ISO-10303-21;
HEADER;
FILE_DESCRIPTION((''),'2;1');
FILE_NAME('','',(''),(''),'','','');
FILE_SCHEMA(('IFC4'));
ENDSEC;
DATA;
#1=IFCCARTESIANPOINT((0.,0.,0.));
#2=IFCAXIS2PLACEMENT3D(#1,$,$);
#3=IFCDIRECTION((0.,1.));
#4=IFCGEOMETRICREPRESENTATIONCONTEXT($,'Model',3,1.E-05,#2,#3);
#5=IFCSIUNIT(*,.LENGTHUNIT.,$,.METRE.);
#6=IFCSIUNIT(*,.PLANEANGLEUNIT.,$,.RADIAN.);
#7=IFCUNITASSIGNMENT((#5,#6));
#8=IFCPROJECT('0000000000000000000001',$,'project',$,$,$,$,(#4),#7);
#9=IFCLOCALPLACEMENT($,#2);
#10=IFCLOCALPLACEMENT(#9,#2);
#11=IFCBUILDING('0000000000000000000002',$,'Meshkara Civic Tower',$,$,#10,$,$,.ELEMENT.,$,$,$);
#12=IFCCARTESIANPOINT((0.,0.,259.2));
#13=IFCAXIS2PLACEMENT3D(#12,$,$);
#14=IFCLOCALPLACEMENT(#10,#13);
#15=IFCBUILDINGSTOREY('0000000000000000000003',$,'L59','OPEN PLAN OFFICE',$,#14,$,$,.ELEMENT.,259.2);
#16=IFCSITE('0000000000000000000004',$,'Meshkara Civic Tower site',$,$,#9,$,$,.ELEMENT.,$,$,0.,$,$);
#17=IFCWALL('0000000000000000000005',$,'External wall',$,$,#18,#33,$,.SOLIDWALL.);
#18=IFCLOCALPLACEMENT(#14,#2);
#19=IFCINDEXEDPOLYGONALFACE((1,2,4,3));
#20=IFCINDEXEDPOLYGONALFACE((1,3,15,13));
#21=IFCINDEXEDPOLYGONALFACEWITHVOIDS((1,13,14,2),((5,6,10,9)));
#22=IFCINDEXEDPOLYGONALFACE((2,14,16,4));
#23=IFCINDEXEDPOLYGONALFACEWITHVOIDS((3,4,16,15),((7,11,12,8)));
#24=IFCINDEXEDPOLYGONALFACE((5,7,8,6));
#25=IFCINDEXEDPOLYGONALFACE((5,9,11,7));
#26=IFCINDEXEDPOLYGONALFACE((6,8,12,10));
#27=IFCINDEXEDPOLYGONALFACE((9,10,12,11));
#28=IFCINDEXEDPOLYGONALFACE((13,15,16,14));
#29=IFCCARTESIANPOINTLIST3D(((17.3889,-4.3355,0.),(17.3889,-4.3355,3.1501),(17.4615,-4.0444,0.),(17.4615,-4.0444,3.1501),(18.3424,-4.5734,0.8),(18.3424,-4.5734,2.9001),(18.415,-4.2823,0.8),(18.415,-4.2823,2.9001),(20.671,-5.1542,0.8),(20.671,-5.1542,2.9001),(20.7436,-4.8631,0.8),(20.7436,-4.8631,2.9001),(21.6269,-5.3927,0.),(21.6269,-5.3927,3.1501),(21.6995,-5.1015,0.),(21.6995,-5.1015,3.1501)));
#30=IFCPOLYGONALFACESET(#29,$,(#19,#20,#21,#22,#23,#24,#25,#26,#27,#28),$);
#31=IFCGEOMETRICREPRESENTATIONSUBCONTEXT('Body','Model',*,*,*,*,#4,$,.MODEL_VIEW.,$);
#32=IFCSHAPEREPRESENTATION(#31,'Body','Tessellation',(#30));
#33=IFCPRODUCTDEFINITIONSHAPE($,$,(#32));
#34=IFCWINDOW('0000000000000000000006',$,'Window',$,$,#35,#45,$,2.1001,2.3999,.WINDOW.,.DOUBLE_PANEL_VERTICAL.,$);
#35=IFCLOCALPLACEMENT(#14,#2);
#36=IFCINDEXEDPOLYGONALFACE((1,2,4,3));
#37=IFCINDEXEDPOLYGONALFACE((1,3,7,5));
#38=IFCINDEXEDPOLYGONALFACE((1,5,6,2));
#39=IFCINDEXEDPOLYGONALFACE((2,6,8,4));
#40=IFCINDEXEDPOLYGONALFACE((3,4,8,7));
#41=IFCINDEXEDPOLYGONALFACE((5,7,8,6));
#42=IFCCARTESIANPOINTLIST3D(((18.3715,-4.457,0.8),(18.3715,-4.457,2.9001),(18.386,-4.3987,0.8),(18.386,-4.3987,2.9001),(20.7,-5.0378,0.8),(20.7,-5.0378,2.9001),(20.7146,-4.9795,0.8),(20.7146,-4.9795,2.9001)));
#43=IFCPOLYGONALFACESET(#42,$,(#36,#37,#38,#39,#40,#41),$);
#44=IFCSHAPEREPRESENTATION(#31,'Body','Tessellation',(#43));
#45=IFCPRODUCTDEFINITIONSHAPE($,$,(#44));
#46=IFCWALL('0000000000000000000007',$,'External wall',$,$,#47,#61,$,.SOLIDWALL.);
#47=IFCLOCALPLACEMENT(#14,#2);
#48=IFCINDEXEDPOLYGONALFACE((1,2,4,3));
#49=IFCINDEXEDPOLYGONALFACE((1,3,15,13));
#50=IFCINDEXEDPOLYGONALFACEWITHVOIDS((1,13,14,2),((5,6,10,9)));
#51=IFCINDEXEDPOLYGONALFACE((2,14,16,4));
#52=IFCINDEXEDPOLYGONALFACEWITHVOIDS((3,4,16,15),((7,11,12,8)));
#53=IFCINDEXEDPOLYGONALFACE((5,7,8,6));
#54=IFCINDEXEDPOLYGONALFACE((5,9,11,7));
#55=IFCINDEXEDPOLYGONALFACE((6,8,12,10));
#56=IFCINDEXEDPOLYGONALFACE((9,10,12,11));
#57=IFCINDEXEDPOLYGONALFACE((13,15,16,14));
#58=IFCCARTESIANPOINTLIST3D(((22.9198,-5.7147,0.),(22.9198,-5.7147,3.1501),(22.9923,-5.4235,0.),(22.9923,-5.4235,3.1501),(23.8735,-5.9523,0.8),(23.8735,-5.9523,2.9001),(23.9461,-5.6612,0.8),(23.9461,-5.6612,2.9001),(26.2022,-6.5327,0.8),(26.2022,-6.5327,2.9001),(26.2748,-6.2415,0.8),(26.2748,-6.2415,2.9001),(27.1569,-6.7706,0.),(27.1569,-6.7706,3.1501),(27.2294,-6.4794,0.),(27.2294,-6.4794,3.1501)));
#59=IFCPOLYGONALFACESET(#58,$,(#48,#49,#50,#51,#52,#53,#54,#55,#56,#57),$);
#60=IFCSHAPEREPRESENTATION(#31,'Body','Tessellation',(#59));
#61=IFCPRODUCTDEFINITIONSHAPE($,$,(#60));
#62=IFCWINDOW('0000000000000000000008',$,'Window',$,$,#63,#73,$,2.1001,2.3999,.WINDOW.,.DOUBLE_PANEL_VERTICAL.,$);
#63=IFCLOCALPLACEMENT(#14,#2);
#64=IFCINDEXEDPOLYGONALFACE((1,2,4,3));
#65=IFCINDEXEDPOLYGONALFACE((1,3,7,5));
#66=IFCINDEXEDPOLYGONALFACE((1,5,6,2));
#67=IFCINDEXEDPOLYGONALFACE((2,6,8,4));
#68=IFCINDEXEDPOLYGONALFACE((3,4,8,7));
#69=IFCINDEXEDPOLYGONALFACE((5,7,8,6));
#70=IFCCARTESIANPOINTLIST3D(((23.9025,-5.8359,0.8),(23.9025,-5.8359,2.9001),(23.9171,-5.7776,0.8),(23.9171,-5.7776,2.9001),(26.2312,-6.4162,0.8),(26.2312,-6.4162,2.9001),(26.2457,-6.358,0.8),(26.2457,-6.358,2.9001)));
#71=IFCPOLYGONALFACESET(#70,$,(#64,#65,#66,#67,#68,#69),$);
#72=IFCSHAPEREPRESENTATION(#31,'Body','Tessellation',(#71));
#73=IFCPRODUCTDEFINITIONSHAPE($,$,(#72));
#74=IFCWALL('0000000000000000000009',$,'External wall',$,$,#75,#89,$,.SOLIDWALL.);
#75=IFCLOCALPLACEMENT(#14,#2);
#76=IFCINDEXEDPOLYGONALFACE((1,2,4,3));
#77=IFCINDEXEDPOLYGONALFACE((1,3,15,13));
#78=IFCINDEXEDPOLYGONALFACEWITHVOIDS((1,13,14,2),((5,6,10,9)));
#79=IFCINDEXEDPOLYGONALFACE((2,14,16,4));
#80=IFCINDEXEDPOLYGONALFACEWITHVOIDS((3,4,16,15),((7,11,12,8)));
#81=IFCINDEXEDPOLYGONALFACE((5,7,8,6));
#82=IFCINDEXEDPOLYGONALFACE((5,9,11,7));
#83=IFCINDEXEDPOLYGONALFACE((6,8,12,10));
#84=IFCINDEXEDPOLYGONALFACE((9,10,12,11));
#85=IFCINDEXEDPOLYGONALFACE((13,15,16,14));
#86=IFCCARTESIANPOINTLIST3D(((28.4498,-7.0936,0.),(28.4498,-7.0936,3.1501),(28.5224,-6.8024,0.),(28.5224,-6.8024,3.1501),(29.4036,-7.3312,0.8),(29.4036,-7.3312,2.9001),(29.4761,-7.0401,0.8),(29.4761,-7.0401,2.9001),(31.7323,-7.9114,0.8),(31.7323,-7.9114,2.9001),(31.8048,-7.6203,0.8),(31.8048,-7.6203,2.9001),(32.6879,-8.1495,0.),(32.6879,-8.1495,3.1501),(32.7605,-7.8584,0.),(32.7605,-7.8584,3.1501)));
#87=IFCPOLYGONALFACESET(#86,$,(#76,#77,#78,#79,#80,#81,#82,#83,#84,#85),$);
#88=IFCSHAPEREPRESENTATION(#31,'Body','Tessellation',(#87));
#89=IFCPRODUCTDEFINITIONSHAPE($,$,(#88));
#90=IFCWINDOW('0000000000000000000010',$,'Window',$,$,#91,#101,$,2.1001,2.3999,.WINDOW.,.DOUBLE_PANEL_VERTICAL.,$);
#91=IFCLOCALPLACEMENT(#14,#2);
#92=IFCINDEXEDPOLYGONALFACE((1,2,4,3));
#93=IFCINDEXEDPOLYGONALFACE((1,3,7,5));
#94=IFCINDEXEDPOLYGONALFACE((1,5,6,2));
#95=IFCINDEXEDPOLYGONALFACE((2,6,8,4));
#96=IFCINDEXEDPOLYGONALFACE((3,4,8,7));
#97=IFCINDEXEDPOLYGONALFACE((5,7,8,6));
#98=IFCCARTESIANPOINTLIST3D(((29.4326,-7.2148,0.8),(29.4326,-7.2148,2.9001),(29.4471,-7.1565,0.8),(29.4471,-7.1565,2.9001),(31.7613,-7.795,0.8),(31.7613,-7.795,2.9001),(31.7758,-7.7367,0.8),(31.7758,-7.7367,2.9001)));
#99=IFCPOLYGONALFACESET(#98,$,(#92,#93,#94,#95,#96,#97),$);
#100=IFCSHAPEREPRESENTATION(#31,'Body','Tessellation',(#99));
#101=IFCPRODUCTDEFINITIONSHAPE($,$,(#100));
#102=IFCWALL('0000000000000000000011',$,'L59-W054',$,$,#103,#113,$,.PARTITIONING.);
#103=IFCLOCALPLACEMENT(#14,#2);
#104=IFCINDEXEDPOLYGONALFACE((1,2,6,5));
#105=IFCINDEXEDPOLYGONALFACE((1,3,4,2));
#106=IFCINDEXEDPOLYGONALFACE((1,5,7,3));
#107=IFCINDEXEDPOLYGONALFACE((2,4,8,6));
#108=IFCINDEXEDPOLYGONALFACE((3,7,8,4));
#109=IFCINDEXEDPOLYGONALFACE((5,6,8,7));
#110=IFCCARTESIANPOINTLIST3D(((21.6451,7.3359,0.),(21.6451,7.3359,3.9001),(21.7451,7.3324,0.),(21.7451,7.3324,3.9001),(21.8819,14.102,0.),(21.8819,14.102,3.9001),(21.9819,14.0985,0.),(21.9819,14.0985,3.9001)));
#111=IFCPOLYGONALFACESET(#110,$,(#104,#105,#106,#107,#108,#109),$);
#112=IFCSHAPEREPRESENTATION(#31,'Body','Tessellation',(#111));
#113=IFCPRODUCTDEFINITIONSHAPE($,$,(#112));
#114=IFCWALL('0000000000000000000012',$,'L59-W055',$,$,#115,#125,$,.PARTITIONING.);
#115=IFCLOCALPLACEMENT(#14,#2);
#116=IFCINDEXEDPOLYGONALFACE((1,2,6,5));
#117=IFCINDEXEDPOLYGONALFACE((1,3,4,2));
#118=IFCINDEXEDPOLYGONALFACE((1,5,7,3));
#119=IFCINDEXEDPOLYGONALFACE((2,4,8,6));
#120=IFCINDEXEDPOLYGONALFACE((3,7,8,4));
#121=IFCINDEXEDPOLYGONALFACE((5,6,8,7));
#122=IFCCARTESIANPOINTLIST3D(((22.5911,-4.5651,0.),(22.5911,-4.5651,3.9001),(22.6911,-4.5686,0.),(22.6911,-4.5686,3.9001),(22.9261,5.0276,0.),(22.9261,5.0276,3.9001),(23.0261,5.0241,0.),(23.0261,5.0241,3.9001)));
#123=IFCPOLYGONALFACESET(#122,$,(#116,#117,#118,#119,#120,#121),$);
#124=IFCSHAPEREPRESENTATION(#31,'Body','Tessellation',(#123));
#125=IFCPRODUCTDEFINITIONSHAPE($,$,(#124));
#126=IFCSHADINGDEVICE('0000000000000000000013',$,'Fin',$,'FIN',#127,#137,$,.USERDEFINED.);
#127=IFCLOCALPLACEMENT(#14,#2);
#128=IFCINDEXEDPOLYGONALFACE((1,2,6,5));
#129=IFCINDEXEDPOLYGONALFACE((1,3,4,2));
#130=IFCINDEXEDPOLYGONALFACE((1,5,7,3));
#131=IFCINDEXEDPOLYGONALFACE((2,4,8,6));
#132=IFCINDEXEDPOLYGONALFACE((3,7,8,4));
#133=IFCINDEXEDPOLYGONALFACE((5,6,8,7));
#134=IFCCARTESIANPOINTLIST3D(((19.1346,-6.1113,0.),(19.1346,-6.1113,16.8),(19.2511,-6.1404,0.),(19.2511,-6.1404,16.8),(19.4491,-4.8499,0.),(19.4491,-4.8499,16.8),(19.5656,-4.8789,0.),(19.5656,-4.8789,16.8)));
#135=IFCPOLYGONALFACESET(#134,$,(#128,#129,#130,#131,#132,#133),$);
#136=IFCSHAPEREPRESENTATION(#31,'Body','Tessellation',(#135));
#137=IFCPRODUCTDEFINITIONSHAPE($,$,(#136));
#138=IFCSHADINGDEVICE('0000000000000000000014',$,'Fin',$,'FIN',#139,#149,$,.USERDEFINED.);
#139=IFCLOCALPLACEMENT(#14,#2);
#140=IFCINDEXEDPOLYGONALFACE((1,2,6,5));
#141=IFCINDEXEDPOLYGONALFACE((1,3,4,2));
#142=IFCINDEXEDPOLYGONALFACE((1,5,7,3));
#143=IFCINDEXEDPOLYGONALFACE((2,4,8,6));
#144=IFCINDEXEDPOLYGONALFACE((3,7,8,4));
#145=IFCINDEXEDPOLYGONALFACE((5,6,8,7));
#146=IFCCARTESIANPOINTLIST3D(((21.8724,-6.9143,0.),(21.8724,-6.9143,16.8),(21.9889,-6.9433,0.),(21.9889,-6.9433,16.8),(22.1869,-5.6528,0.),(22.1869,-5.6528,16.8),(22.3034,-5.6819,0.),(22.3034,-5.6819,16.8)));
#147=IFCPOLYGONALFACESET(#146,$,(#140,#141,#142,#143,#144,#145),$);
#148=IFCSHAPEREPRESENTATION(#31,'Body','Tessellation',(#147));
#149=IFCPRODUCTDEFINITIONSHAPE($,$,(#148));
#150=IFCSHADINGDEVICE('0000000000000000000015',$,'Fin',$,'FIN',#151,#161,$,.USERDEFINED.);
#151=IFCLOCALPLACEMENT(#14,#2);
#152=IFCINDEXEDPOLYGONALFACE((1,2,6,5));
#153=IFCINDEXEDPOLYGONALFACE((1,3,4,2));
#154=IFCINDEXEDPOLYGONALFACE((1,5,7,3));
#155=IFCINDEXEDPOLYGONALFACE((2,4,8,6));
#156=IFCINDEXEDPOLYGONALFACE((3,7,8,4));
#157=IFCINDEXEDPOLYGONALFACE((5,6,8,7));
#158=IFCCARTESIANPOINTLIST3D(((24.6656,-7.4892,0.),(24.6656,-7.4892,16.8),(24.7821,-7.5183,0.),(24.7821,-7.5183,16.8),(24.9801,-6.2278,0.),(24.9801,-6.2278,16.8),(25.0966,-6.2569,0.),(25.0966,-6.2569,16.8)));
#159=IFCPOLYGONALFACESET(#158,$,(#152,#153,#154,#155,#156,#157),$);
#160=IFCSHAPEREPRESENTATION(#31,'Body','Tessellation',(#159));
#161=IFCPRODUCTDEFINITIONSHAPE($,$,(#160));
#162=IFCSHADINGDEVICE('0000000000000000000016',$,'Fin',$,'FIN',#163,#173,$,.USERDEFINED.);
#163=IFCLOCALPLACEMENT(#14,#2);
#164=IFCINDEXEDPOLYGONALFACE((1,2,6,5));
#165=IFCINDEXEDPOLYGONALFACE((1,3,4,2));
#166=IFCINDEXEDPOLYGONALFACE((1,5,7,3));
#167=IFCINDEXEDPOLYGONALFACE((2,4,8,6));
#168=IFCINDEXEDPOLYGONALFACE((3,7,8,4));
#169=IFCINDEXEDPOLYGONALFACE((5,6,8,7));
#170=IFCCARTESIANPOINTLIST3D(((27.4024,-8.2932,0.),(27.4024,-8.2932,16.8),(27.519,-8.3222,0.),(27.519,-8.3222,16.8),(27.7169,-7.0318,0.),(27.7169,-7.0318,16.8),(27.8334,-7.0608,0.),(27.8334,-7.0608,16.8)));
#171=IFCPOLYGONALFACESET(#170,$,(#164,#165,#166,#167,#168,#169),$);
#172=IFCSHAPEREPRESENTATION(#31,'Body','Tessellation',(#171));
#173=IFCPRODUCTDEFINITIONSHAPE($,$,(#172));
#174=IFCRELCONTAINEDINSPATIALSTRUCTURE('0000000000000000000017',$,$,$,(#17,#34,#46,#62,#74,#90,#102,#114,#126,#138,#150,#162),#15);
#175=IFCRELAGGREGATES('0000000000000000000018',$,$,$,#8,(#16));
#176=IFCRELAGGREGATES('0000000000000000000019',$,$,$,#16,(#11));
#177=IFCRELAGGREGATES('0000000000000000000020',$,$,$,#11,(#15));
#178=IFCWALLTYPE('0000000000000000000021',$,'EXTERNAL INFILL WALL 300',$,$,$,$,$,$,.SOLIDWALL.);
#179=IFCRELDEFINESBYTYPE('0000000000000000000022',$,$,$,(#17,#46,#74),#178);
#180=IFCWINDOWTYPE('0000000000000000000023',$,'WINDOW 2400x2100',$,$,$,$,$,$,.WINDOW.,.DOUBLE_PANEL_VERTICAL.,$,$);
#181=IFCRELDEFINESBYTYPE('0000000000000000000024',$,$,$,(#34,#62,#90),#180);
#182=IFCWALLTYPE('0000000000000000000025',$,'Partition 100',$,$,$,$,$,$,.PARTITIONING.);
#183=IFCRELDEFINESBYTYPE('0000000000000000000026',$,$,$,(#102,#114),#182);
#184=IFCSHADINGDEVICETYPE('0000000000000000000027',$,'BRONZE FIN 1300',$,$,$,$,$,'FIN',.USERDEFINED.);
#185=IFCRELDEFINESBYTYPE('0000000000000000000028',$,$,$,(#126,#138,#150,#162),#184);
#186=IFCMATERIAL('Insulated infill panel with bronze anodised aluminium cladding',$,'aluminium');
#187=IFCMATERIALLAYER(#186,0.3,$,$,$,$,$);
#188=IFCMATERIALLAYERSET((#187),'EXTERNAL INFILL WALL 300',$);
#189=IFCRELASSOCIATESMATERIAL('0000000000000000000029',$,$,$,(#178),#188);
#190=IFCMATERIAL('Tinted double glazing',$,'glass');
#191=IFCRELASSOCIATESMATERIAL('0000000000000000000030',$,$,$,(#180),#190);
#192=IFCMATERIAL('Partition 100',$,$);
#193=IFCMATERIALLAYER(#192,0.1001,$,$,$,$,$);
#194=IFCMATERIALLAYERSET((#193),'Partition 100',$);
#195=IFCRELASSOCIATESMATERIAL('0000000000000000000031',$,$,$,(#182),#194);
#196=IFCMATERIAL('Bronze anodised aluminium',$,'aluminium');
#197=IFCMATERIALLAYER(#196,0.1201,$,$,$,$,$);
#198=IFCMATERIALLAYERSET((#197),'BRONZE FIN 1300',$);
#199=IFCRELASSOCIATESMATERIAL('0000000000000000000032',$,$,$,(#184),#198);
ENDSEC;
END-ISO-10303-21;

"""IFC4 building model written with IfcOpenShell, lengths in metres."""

from ifc_helpers import new_model, si_unit, direction, frame, frame_2d, origin, origin_2d, place, context, subcontext, project, spatial, rectangle, extrude, material, layer, layer_set, type_object, element, fill, save


model = new_model("IFC4")

# Units and contexts
model_context = context("Model", 3, precision=1e-05, world=origin(), true_north=direction((0.0, 1.0)))
body_context = subcontext(model_context, "Body", "Model", "MODEL_VIEW")
ifc_project = project(units=[si_unit("LENGTHUNIT", "METRE"), si_unit("PLANEANGLEUNIT", "RADIAN")], contexts=[model_context])

# Site, building, storey
site_placement = place(None, origin())
site = spatial("IfcSite", under=ifc_project, at=site_placement, Name="Meshkara Civic Tower site", CompositionType="ELEMENT", RefElevation=0.0)
building_placement = place(site_placement, origin())
building = spatial("IfcBuilding", under=site, at=building_placement, Name="Meshkara Civic Tower", CompositionType="ELEMENT")
storey_placement = place(building_placement, frame((0.0, 0.0, 259.2)))
storey = spatial("IfcBuildingStorey", under=building, at=storey_placement, Name="L59", Description="OPEN PLAN OFFICE", CompositionType="ELEMENT", Elevation=259.2)

# Walls, openings, windows
ifc_material_1 = material(Name="Insulated infill panel with bronze anodised aluminium cladding", Category="aluminium")
ifc_layer_1 = layer(ifc_material_1, 0.3)
ifc_layer_set_1 = layer_set([ifc_layer_1], Name="EXTERNAL INFILL WALL 300")
wall_type_1 = type_object("IfcWallType", Name="EXTERNAL INFILL WALL 300", PredefinedType="SOLIDWALL", material=ifc_layer_set_1)
wall_1_placement = place(storey_placement, frame((17.425, -4.1899, 0.0), z_axis=(0.0, 0.0, 1.0), x_axis=(0.970271, -0.242023, 0.0)))
wall_1 = element("IfcWall", 1, at=wall_1_placement, inside=storey, type_object=wall_type_1, Name="External wall", PredefinedType="SOLIDWALL", context=body_context, shape_type="SweptSolid", body=[
    extrude(rectangle(XDim=4.3679, YDim=0.3, at=frame_2d((2.1841, 0.0))), origin(), (0.0, 0.0, 1.0), 3.1501),
])
opening_1_placement = place(wall_1_placement, frame((0.9829, 0.0, 0.8)))
opening_1 = element("IfcOpeningElement", 2, at=opening_1_placement, cuts=wall_1, PredefinedType="OPENING", context=body_context, shape_type="SweptSolid", body=[
    extrude(rectangle(XDim=2.3999, YDim=2.1001, at=frame_2d((1.2, 1.05))), frame((0.0, 0.1599, 0.0), z_axis=(0.0, -1.0, 0.0), x_axis=(1.0, 0.0, 0.0)), (0.0, 0.0, 1.0), 0.3201),
])
ifc_material_2 = material(Name="Tinted double glazing", Category="glass")
window_type = type_object("IfcWindowType", Name="WINDOW 2400x2100", PartitioningType="DOUBLE_PANEL_VERTICAL", PredefinedType="WINDOW", material=ifc_material_2)
window_1_placement = place(opening_1_placement, origin())
window_1 = element("IfcWindow", 3, at=window_1_placement, inside=storey, type_object=window_type, Name="Window", OverallHeight=2.1001, OverallWidth=2.3999, PartitioningType="DOUBLE_PANEL_VERTICAL", PredefinedType="WINDOW", context=body_context, shape_type="SweptSolid", body=[
    extrude(rectangle(XDim=2.3999, YDim=2.1001, at=frame_2d((1.2, 1.05))), frame((0.0, 0.03, 0.0), z_axis=(0.0, -1.0, 0.0), x_axis=(1.0, 0.0, 0.0)), (0.0, 0.0, 1.0), 0.0601),
])
fill(opening_1, window_1)
wall_2_placement = place(storey_placement, frame((22.9561, -5.5691, 0.0), z_axis=(0.0, 0.0, 1.0), x_axis=(0.970323, -0.241812, 0.0)))
wall_2 = element("IfcWall", 4, at=wall_2_placement, inside=storey, type_object=wall_type_1, Name="External wall", PredefinedType="SOLIDWALL", context=body_context, shape_type="SweptSolid", body=[
    extrude(rectangle(XDim=4.3667, YDim=0.3, at=frame_2d((2.1833, 0.0))), origin(), (0.0, 0.0, 1.0), 3.1501),
])
opening_2_placement = place(wall_2_placement, frame((0.9829, 0.0, 0.8)))
opening_2 = element("IfcOpeningElement", 5, at=opening_2_placement, cuts=wall_2, PredefinedType="OPENING", context=body_context, shape_type="SweptSolid", body=[
    extrude(rectangle(XDim=2.3999, YDim=2.1001, at=frame_2d((1.2, 1.05))), frame((0.0, 0.1599, 0.0), z_axis=(0.0, -1.0, 0.0), x_axis=(1.0, 0.0, 0.0)), (0.0, 0.0, 1.0), 0.3201),
])
window_2_placement = place(opening_2_placement, origin())
window_2 = element("IfcWindow", 6, at=window_2_placement, inside=storey, type_object=window_type, Name="Window", OverallHeight=2.1001, OverallWidth=2.3999, PartitioningType="DOUBLE_PANEL_VERTICAL", PredefinedType="WINDOW", context=body_context, shape_type="SweptSolid", body=[
    extrude(rectangle(XDim=2.3999, YDim=2.1001, at=frame_2d((1.2, 1.05))), frame((0.0, 0.03, 0.0), z_axis=(0.0, -1.0, 0.0), x_axis=(1.0, 0.0, 0.0)), (0.0, 0.0, 1.0), 0.0601),
])
fill(opening_2, window_2)
wall_3_placement = place(storey_placement, frame((28.4861, -6.948, 0.0), z_axis=(0.0, 0.0, 1.0), x_axis=(0.970336, -0.24176, 0.0)))
wall_3 = element("IfcWall", 7, at=wall_3_placement, inside=storey, type_object=wall_type_1, Name="External wall", PredefinedType="SOLIDWALL", context=body_context, shape_type="SweptSolid", body=[
    extrude(rectangle(XDim=4.3677, YDim=0.3, at=frame_2d((2.1838, 0.0))), origin(), (0.0, 0.0, 1.0), 3.1501),
])
opening_3_placement = place(wall_3_placement, frame((0.9829, 0.0, 0.8)))
opening_3 = element("IfcOpeningElement", 8, at=opening_3_placement, cuts=wall_3, PredefinedType="OPENING", context=body_context, shape_type="SweptSolid", body=[
    extrude(rectangle(XDim=2.3999, YDim=2.1001, at=frame_2d((1.2, 1.05))), frame((0.0, 0.1599, 0.0), z_axis=(0.0, -1.0, 0.0), x_axis=(1.0, 0.0, 0.0)), (0.0, 0.0, 1.0), 0.3201),
])
window_3_placement = place(opening_3_placement, origin())
window_3 = element("IfcWindow", 9, at=window_3_placement, inside=storey, type_object=window_type, Name="Window", OverallHeight=2.1001, OverallWidth=2.3999, PartitioningType="DOUBLE_PANEL_VERTICAL", PredefinedType="WINDOW", context=body_context, shape_type="SweptSolid", body=[
    extrude(rectangle(XDim=2.3999, YDim=2.1001, at=frame_2d((1.2, 1.05))), frame((0.0, 0.03, 0.0), z_axis=(0.0, -1.0, 0.0), x_axis=(1.0, 0.0, 0.0)), (0.0, 0.0, 1.0), 0.0601),
])
fill(opening_3, window_3)

# Walls
ifc_material_3 = material(Name="Partition 100")
ifc_layer_2 = layer(ifc_material_3, 0.1001)
ifc_layer_set_2 = layer_set([ifc_layer_2], Name="Partition 100")
wall_type_2 = type_object("IfcWallType", Name="Partition 100", PredefinedType="PARTITIONING", material=ifc_layer_set_2)
wall_4_placement = place(storey_placement, frame((21.6951, 7.334, 0.0), z_axis=(0.0, 0.0, 1.0), x_axis=(0.034979, 0.999388, 0.0)))
element("IfcWall", 10, at=wall_4_placement, inside=storey, type_object=wall_type_2, Name="L59-W054", PredefinedType="PARTITIONING", context=body_context, shape_type="SweptSolid", body=[
    extrude(rectangle(XDim=6.7703, YDim=0.1001, at=frame_2d((3.3853, 0.0))), origin(), (0.0, 0.0, 1.0), 3.9001),
])
wall_5_placement = place(storey_placement, frame((22.6411, -4.5669, 0.0), z_axis=(0.0, 0.0, 1.0), x_axis=(0.034897, 0.999391, 0.0)))
element("IfcWall", 11, at=wall_5_placement, inside=storey, type_object=wall_type_2, Name="L59-W055", PredefinedType="PARTITIONING", context=body_context, shape_type="SweptSolid", body=[
    extrude(rectangle(XDim=9.5986, YDim=0.1001, at=frame_2d((4.7993, 0.0))), origin(), (0.0, 0.0, 1.0), 3.9001),
])

# Shading devices
ifc_material_4 = material(Name="Bronze anodised aluminium", Category="aluminium")
ifc_layer_3 = layer(ifc_material_4, 0.1201)
ifc_layer_set_3 = layer_set([ifc_layer_3], Name="BRONZE FIN 1300")
shading_device_type = type_object("IfcShadingDeviceType", Name="BRONZE FIN 1300", ElementType="FIN", PredefinedType="USERDEFINED", material=ifc_layer_set_3)
for number, where, z_axis, x_axis, name in (
    (12, (19.3501, -5.4951, 0.0), (0.0, 0.0, 1.0), (0.9703, -0.241905, 0.0), "Fin"),
    (13, (22.0879, -6.2981, 0.0), (0.0, 0.0, 1.0), (0.9703, -0.241905, 0.0), "Fin"),
    (14, (24.8811, -6.873, 0.0), (0.0, 0.0, 1.0), (0.9703, -0.241905, 0.0), "Fin"),
    (15, (27.6179, -7.677, 0.0), (0.0, 0.0, 1.0), (0.9703, -0.241905, 0.0), "Fin"),
):
    element("IfcShadingDevice", number, at=place(storey_placement, frame(where, z_axis=z_axis, x_axis=x_axis)), inside=storey, type_object=shading_device_type, Name=name, ObjectType="FIN", PredefinedType="USERDEFINED", context=body_context, shape_type="SweptSolid", body=[
        extrude(rectangle(XDim=0.1201, YDim=1.3, at=origin_2d()), origin(), (0.0, 0.0, 1.0), 16.8),
    ])

save(model, "model.ifc")
